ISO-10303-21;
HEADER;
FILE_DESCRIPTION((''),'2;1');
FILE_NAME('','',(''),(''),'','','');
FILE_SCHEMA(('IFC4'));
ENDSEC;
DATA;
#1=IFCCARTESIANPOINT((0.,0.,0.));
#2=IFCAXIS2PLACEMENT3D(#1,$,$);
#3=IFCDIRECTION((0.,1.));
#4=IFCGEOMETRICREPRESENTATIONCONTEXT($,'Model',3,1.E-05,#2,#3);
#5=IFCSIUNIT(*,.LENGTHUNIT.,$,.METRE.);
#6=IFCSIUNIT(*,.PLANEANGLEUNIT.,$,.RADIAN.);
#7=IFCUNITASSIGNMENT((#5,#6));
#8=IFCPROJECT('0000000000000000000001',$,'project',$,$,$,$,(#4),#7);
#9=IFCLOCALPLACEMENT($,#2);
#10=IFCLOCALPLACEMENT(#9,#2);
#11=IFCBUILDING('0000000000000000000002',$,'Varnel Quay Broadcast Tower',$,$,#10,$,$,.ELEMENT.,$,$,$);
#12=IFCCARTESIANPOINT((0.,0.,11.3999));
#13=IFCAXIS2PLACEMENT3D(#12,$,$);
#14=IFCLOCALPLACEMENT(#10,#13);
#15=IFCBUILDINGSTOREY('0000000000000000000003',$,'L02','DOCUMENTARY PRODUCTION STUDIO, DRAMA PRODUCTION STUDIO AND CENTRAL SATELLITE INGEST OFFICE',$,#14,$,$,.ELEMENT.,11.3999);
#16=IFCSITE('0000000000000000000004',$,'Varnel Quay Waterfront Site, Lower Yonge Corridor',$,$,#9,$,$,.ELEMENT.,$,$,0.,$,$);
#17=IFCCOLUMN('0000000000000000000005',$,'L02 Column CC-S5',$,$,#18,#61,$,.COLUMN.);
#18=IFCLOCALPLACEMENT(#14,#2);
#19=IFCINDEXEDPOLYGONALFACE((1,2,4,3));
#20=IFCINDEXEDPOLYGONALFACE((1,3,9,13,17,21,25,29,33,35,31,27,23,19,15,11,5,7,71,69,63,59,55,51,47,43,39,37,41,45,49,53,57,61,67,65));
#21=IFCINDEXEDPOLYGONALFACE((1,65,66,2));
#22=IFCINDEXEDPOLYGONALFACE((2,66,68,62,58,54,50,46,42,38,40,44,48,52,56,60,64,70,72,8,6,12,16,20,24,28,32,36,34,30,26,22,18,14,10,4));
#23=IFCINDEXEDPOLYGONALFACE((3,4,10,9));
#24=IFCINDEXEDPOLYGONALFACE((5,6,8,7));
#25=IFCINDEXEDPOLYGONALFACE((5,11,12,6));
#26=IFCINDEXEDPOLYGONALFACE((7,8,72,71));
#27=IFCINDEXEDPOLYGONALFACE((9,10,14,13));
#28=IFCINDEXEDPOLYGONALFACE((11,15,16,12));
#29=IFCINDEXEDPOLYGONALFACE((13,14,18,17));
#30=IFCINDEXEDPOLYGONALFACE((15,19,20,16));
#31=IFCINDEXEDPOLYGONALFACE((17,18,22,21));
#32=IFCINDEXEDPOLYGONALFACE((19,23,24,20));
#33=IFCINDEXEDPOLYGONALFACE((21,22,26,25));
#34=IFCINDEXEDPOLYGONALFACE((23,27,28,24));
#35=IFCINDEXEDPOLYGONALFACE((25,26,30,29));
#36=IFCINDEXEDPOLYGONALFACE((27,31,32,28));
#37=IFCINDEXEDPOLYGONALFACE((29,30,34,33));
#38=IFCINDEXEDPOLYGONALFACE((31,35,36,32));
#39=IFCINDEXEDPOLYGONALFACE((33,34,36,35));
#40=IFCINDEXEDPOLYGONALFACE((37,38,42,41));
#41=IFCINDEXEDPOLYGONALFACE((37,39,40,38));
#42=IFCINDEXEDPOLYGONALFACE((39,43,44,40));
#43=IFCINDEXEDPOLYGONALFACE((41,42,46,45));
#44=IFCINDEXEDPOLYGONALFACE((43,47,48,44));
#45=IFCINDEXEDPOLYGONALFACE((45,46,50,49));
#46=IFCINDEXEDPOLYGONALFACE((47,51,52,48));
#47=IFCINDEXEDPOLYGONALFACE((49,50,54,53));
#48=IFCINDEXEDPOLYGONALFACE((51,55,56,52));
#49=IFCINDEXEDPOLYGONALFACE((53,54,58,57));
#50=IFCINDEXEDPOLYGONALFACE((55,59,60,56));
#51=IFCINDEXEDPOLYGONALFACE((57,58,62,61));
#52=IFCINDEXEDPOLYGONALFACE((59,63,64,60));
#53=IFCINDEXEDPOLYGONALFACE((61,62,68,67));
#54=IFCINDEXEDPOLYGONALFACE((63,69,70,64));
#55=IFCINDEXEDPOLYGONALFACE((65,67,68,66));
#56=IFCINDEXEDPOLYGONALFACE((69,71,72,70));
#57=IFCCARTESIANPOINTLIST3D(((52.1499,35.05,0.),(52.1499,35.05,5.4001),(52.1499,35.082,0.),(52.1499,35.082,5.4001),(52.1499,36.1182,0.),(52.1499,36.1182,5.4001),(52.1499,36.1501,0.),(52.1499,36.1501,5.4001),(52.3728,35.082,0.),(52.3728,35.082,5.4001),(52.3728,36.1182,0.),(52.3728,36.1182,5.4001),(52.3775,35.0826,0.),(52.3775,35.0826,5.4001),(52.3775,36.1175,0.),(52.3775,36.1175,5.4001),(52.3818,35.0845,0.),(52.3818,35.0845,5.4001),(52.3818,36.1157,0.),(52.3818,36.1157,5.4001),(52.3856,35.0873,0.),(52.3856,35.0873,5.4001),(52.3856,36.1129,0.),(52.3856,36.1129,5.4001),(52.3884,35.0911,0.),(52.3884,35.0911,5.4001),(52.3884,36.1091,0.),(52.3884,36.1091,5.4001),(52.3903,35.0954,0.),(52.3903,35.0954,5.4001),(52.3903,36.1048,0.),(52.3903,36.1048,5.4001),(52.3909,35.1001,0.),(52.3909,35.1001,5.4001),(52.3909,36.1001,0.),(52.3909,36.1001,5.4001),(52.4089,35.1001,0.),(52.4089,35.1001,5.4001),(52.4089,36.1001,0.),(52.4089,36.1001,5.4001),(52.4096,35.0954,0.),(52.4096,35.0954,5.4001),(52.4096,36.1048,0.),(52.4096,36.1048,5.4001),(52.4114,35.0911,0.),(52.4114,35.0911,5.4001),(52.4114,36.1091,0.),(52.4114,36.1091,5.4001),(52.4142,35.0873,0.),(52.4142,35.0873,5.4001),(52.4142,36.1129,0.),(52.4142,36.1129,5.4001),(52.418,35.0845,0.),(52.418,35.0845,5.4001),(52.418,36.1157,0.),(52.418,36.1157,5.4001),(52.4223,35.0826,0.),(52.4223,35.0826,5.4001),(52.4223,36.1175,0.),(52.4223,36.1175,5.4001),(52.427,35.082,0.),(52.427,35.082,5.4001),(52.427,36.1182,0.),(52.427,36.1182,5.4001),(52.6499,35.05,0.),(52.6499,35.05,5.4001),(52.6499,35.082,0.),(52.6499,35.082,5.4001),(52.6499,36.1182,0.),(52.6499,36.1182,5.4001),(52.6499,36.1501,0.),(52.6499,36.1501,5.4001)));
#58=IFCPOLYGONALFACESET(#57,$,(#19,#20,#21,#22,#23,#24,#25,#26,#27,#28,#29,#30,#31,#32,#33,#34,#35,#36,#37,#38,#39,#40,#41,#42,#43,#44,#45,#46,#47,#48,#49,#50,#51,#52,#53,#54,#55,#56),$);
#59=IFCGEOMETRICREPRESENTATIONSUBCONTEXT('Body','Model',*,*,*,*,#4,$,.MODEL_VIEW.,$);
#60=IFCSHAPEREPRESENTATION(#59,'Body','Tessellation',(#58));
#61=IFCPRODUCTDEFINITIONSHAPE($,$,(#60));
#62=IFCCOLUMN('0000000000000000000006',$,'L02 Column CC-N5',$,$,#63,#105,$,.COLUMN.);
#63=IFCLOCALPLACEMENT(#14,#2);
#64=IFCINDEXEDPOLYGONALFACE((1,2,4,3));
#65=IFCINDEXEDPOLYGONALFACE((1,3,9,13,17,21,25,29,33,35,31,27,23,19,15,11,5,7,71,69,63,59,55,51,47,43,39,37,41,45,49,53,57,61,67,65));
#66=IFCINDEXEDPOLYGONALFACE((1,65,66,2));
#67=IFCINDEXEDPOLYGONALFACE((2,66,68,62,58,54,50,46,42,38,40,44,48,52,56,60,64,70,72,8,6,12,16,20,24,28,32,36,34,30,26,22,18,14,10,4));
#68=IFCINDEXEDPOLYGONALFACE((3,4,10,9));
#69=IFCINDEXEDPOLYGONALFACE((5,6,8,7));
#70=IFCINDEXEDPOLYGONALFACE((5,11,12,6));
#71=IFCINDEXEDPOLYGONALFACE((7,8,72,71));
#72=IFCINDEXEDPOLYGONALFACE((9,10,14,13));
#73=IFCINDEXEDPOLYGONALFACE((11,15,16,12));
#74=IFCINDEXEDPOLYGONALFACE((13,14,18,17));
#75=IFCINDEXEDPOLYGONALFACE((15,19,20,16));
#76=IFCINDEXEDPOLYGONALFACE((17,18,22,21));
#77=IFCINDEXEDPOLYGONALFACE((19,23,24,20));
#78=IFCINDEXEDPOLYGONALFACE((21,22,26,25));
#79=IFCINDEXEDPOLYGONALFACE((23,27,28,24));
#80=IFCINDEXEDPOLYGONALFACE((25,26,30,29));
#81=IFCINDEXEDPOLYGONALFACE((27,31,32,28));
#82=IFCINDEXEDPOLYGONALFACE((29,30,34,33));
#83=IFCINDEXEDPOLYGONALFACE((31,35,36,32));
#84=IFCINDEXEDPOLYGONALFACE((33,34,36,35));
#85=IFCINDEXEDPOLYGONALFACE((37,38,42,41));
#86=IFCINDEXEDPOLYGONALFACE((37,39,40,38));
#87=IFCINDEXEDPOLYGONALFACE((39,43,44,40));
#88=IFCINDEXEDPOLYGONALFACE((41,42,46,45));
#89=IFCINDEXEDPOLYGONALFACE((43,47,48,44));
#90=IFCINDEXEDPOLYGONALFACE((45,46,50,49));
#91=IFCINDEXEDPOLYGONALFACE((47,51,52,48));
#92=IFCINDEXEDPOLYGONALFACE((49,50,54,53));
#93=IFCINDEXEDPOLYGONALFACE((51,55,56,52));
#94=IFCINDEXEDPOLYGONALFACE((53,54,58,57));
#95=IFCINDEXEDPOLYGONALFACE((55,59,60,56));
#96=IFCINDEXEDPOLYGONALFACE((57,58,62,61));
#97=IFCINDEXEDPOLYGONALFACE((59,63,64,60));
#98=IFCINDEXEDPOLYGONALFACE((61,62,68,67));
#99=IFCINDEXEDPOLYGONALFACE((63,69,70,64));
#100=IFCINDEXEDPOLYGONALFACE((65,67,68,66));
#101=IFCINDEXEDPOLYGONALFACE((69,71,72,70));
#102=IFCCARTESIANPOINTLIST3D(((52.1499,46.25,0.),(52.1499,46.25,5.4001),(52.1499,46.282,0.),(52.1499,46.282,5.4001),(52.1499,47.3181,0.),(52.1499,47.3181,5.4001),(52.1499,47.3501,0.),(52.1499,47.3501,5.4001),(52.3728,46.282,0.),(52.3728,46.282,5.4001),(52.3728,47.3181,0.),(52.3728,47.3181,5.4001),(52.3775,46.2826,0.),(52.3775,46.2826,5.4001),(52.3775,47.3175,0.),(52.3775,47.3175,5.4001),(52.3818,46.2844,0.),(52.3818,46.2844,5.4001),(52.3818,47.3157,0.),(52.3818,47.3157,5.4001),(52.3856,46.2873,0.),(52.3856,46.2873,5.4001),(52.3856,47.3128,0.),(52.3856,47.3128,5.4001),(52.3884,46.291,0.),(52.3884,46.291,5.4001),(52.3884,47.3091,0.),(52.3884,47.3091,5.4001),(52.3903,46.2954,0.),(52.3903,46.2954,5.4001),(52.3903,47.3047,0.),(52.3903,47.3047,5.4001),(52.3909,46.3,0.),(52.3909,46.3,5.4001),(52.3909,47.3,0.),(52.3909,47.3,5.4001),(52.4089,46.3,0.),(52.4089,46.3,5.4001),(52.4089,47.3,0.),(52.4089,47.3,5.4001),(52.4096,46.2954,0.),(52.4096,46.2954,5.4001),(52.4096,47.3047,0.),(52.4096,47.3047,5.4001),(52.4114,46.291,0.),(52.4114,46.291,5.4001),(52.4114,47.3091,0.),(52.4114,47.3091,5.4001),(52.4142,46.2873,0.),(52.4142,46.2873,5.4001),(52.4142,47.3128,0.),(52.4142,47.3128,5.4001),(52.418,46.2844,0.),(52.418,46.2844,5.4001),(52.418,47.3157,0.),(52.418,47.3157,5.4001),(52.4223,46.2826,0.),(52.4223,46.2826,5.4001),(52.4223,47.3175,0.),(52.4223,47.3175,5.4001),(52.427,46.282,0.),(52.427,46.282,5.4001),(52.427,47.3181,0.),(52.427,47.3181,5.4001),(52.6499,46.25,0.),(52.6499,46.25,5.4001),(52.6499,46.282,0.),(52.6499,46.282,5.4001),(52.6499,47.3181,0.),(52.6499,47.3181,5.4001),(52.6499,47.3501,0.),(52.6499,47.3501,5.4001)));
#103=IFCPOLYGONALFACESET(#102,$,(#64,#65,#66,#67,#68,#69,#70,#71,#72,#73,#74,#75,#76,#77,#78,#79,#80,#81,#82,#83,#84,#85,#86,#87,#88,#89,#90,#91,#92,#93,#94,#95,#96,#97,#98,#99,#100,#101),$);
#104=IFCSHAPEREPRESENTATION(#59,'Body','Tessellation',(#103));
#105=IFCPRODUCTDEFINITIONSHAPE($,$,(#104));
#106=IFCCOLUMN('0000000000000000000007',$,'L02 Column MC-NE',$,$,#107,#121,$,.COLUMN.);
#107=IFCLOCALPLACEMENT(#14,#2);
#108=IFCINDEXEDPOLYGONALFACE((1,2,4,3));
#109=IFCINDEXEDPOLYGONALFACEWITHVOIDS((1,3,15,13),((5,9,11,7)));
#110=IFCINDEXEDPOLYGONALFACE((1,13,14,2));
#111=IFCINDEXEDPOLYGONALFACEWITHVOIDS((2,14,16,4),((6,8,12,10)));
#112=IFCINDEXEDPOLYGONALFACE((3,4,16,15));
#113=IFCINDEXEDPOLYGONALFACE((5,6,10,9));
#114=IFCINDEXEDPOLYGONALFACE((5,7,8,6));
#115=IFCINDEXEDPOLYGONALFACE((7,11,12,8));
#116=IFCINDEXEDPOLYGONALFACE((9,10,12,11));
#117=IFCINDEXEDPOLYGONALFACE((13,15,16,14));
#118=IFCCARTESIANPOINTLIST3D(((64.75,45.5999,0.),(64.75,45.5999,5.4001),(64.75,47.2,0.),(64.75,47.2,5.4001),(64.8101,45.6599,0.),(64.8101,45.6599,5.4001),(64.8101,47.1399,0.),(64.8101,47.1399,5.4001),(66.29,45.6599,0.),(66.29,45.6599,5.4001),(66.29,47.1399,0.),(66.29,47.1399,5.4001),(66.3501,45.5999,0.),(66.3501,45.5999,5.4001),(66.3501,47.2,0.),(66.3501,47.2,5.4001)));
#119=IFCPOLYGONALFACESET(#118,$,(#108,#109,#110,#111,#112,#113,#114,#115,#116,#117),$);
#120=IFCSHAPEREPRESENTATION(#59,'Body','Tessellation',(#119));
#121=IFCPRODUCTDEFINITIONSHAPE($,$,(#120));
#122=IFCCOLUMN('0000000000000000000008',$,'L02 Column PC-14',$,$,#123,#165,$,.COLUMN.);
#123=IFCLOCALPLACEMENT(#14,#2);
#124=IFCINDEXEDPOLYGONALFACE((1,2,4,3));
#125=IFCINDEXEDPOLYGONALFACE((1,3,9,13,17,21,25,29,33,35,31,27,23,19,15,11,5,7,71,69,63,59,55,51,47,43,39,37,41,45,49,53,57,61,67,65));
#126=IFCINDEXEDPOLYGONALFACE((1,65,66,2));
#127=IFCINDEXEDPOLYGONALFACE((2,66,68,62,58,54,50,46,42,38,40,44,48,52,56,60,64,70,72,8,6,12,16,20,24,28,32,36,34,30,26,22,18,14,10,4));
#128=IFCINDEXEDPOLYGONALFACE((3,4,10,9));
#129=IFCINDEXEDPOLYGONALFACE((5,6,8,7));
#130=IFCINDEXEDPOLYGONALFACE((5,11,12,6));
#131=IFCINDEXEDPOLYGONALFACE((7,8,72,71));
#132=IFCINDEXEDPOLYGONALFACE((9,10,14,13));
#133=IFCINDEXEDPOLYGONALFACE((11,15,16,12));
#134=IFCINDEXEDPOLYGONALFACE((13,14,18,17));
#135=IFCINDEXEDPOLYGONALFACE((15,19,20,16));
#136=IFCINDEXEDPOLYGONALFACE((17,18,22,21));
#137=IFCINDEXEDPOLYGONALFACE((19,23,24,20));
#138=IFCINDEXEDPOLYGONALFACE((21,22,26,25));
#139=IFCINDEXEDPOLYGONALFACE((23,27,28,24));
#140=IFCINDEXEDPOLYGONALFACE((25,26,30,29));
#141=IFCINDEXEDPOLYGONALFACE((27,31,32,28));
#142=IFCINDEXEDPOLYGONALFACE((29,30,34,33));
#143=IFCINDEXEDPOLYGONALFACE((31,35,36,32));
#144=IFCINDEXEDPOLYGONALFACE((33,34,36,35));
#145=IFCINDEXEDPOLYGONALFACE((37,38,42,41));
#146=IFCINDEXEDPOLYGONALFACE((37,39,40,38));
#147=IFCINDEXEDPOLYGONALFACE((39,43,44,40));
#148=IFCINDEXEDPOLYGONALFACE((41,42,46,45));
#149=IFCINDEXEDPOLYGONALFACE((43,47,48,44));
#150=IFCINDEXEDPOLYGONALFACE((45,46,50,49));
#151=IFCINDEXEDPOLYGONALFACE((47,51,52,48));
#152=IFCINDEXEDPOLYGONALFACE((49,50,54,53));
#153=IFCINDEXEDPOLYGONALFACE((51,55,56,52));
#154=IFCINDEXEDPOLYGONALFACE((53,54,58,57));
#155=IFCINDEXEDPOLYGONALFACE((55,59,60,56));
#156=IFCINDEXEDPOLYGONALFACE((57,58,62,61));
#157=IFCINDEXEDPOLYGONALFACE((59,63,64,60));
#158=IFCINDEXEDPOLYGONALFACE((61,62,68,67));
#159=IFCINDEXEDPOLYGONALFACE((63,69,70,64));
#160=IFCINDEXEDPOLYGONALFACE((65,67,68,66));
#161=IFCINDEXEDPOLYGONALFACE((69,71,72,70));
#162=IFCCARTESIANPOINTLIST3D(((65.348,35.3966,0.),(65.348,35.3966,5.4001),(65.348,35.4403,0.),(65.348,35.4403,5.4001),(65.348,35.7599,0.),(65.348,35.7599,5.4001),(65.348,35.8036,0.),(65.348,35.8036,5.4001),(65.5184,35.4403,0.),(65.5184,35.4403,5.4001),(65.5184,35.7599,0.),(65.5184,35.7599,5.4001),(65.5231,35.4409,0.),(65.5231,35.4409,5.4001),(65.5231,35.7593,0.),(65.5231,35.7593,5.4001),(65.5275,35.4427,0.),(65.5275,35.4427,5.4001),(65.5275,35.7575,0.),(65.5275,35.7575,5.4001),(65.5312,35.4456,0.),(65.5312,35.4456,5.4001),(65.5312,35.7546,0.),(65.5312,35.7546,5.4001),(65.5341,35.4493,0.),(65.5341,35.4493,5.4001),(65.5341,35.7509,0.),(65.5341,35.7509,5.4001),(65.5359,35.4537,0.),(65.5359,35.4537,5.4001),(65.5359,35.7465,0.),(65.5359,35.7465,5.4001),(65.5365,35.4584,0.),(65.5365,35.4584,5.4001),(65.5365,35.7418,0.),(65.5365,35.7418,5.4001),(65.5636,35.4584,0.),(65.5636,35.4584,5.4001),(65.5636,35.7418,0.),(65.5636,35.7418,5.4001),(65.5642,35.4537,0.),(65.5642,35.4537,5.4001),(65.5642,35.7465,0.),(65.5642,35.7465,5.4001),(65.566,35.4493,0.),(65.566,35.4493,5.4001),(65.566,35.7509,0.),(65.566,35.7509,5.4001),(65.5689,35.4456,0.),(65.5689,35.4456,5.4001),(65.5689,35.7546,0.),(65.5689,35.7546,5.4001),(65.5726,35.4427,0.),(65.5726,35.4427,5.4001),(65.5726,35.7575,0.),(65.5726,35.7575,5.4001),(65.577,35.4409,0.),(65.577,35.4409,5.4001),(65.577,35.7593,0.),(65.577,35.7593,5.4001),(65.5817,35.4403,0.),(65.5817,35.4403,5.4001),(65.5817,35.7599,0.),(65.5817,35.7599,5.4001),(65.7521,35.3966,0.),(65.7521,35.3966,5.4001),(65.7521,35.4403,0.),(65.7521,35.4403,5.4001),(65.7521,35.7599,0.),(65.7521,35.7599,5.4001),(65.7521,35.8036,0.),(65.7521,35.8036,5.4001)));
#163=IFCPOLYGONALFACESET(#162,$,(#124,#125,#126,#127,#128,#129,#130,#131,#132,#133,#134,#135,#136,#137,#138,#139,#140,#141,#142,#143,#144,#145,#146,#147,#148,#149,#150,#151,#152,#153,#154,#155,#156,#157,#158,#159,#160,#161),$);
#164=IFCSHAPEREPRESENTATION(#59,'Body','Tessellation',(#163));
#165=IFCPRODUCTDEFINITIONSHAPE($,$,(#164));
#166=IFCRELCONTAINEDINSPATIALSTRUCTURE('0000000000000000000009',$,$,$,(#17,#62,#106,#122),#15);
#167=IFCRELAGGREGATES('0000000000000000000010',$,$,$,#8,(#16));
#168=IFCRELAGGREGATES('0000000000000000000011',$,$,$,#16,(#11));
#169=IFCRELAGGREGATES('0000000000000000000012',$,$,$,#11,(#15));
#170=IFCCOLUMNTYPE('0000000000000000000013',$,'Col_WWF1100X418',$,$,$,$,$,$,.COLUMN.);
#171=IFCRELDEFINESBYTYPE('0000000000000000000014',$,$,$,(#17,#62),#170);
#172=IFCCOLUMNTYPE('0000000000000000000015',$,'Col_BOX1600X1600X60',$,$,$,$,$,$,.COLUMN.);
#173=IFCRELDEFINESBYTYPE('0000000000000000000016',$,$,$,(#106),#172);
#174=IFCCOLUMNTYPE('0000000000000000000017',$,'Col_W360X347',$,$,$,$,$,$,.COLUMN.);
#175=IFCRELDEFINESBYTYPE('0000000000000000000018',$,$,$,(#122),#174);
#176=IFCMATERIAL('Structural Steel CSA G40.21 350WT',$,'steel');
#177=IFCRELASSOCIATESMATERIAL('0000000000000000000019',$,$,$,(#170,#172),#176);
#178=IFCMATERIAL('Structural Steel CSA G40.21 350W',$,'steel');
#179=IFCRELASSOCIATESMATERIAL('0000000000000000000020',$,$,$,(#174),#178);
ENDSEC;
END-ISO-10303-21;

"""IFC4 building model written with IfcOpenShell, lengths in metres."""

from ifc_helpers import new_model, si_unit, direction, frame, origin, origin_2d, place, context, subcontext, project, spatial, hollow_rectangle, i_section, extrude, source, transform, mapped, material, material_profile, profile_set, type_object, type_shapes, element, save


model = new_model("IFC4")

# Units and contexts
model_context = context("Model", 3, precision=1e-05, world=origin(), true_north=direction((0.0, 1.0)))
body_context = subcontext(model_context, "Body", "Model", "MODEL_VIEW")
ifc_project = project(units=[si_unit("LENGTHUNIT", "METRE"), si_unit("PLANEANGLEUNIT", "RADIAN")], contexts=[model_context])

# Site, building, storey
site_placement = place(None, origin())
site = spatial("IfcSite", under=ifc_project, at=site_placement, Name="Varnel Quay Waterfront Site, Lower Yonge Corridor", CompositionType="ELEMENT", RefElevation=0.0)
building_placement = place(site_placement, origin())
building = spatial("IfcBuilding", under=site, at=building_placement, Name="Varnel Quay Broadcast Tower", CompositionType="ELEMENT")
storey_placement = place(building_placement, frame((0.0, 0.0, 11.3999)))
storey = spatial("IfcBuildingStorey", under=building, at=storey_placement, Name="L02", Description="DOCUMENTARY PRODUCTION STUDIO, DRAMA PRODUCTION STUDIO AND CENTRAL SATELLITE INGEST OFFICE", CompositionType="ELEMENT", Elevation=11.3999)

# Columns
ifc_material_1 = material(Name="Structural Steel CSA G40.21 350WT", Category="steel")
ifc_material_profile_1 = material_profile(ifc_material_1, i_section(OverallWidth=0.5, OverallDepth=1.1001, WebThickness=0.0181, FlangeThickness=0.032, FilletRadius=0.0181, at=origin_2d()), Name="WWF1100X418")
ifc_profile_set_1 = profile_set([ifc_material_profile_1], Name="Structural Steel CSA G40.21 350WT")
column_type_1 = type_object("IfcColumnType", Name="Col_WWF1100X418", PredefinedType="COLUMN", material=ifc_profile_set_1)
shared_shape_1 = source(origin(), body_context, "Body", "SweptSolid", [
    extrude(i_section(OverallWidth=0.5, OverallDepth=1.1001, WebThickness=0.0181, FlangeThickness=0.032, FilletRadius=0.0181, at=origin_2d()), origin(), (0.0, 0.0, 1.0), 5.4001),
])
type_shapes(column_type_1, [shared_shape_1])
for number, where, z_axis, x_axis, name in (
    (1, (52.3999, 35.6001, 0.0), (0.0, 0.0, 1.0), (1.0, 0.0, 0.0), "L02 Column CC-S5"),
    (2, (52.3999, 46.8, 0.0), (0.0, 0.0, 1.0), (1.0, 0.0, 0.0), "L02 Column CC-N5"),
):
    element("IfcColumn", number, at=place(storey_placement, frame(where, z_axis=z_axis, x_axis=x_axis)), inside=storey, type_object=column_type_1, Name=name, PredefinedType="COLUMN", context=body_context, shape_type="MappedRepresentation", body=[
        mapped(shared_shape_1, transform((0.0, 0.0, 0.0), x_axis=(1.0, 0.0, 0.0), y_axis=(0.0, 1.0, 0.0), z_axis=(0.0, 0.0, 1.0), scale=1.0)),
    ])
ifc_material_profile_2 = material_profile(ifc_material_1, hollow_rectangle(XDim=1.6001, YDim=1.6001, WallThickness=0.0601, at=origin_2d()), Name="BOX1600X1600X60")
ifc_profile_set_2 = profile_set([ifc_material_profile_2], Name="Structural Steel CSA G40.21 350WT")
column_type_2 = type_object("IfcColumnType", Name="Col_BOX1600X1600X60", PredefinedType="COLUMN", material=ifc_profile_set_2)
shared_shape_2 = source(origin(), body_context, "Body", "SweptSolid", [
    extrude(hollow_rectangle(XDim=1.6001, YDim=1.6001, WallThickness=0.0601, at=origin_2d()), origin(), (0.0, 0.0, 1.0), 5.4001),
])
type_shapes(column_type_2, [shared_shape_2])
column_1_placement = place(storey_placement, frame((65.55, 46.3999, 0.0), z_axis=(0.0, 0.0, 1.0), x_axis=(1.0, 0.0, 0.0)))
element("IfcColumn", 3, at=column_1_placement, inside=storey, type_object=column_type_2, Name="L02 Column MC-NE", PredefinedType="COLUMN", context=body_context, shape_type="MappedRepresentation", body=[
    mapped(shared_shape_2, transform((0.0, 0.0, 0.0), x_axis=(1.0, 0.0, 0.0), y_axis=(0.0, 1.0, 0.0), z_axis=(0.0, 0.0, 1.0), scale=1.0)),
])
ifc_material_2 = material(Name="Structural Steel CSA G40.21 350W", Category="steel")
ifc_material_profile_3 = material_profile(ifc_material_2, i_section(OverallWidth=0.4041, OverallDepth=0.407, WebThickness=0.0271, FlangeThickness=0.0437, FilletRadius=0.0181, at=origin_2d()), Name="W360X347")
ifc_profile_set_3 = profile_set([ifc_material_profile_3], Name="Structural Steel CSA G40.21 350W")
column_type_3 = type_object("IfcColumnType", Name="Col_W360X347", PredefinedType="COLUMN", material=ifc_profile_set_3)
shared_shape_3 = source(origin(), body_context, "Body", "SweptSolid", [
    extrude(i_section(OverallWidth=0.4041, OverallDepth=0.407, WebThickness=0.0271, FlangeThickness=0.0437, FilletRadius=0.0181, at=origin_2d()), origin(), (0.0, 0.0, 1.0), 5.4001),
])
type_shapes(column_type_3, [shared_shape_3])
column_2_placement = place(storey_placement, frame((65.55, 35.6001, 0.0), z_axis=(0.0, 0.0, 1.0), x_axis=(1.0, 0.0, 0.0)))
element("IfcColumn", 4, at=column_2_placement, inside=storey, type_object=column_type_3, Name="L02 Column PC-14", PredefinedType="COLUMN", context=body_context, shape_type="MappedRepresentation", body=[
    mapped(shared_shape_3, transform((0.0, 0.0, 0.0), x_axis=(1.0, 0.0, 0.0), y_axis=(0.0, 1.0, 0.0), z_axis=(0.0, 0.0, 1.0), scale=1.0)),
])

save(model, "model.ifc")
